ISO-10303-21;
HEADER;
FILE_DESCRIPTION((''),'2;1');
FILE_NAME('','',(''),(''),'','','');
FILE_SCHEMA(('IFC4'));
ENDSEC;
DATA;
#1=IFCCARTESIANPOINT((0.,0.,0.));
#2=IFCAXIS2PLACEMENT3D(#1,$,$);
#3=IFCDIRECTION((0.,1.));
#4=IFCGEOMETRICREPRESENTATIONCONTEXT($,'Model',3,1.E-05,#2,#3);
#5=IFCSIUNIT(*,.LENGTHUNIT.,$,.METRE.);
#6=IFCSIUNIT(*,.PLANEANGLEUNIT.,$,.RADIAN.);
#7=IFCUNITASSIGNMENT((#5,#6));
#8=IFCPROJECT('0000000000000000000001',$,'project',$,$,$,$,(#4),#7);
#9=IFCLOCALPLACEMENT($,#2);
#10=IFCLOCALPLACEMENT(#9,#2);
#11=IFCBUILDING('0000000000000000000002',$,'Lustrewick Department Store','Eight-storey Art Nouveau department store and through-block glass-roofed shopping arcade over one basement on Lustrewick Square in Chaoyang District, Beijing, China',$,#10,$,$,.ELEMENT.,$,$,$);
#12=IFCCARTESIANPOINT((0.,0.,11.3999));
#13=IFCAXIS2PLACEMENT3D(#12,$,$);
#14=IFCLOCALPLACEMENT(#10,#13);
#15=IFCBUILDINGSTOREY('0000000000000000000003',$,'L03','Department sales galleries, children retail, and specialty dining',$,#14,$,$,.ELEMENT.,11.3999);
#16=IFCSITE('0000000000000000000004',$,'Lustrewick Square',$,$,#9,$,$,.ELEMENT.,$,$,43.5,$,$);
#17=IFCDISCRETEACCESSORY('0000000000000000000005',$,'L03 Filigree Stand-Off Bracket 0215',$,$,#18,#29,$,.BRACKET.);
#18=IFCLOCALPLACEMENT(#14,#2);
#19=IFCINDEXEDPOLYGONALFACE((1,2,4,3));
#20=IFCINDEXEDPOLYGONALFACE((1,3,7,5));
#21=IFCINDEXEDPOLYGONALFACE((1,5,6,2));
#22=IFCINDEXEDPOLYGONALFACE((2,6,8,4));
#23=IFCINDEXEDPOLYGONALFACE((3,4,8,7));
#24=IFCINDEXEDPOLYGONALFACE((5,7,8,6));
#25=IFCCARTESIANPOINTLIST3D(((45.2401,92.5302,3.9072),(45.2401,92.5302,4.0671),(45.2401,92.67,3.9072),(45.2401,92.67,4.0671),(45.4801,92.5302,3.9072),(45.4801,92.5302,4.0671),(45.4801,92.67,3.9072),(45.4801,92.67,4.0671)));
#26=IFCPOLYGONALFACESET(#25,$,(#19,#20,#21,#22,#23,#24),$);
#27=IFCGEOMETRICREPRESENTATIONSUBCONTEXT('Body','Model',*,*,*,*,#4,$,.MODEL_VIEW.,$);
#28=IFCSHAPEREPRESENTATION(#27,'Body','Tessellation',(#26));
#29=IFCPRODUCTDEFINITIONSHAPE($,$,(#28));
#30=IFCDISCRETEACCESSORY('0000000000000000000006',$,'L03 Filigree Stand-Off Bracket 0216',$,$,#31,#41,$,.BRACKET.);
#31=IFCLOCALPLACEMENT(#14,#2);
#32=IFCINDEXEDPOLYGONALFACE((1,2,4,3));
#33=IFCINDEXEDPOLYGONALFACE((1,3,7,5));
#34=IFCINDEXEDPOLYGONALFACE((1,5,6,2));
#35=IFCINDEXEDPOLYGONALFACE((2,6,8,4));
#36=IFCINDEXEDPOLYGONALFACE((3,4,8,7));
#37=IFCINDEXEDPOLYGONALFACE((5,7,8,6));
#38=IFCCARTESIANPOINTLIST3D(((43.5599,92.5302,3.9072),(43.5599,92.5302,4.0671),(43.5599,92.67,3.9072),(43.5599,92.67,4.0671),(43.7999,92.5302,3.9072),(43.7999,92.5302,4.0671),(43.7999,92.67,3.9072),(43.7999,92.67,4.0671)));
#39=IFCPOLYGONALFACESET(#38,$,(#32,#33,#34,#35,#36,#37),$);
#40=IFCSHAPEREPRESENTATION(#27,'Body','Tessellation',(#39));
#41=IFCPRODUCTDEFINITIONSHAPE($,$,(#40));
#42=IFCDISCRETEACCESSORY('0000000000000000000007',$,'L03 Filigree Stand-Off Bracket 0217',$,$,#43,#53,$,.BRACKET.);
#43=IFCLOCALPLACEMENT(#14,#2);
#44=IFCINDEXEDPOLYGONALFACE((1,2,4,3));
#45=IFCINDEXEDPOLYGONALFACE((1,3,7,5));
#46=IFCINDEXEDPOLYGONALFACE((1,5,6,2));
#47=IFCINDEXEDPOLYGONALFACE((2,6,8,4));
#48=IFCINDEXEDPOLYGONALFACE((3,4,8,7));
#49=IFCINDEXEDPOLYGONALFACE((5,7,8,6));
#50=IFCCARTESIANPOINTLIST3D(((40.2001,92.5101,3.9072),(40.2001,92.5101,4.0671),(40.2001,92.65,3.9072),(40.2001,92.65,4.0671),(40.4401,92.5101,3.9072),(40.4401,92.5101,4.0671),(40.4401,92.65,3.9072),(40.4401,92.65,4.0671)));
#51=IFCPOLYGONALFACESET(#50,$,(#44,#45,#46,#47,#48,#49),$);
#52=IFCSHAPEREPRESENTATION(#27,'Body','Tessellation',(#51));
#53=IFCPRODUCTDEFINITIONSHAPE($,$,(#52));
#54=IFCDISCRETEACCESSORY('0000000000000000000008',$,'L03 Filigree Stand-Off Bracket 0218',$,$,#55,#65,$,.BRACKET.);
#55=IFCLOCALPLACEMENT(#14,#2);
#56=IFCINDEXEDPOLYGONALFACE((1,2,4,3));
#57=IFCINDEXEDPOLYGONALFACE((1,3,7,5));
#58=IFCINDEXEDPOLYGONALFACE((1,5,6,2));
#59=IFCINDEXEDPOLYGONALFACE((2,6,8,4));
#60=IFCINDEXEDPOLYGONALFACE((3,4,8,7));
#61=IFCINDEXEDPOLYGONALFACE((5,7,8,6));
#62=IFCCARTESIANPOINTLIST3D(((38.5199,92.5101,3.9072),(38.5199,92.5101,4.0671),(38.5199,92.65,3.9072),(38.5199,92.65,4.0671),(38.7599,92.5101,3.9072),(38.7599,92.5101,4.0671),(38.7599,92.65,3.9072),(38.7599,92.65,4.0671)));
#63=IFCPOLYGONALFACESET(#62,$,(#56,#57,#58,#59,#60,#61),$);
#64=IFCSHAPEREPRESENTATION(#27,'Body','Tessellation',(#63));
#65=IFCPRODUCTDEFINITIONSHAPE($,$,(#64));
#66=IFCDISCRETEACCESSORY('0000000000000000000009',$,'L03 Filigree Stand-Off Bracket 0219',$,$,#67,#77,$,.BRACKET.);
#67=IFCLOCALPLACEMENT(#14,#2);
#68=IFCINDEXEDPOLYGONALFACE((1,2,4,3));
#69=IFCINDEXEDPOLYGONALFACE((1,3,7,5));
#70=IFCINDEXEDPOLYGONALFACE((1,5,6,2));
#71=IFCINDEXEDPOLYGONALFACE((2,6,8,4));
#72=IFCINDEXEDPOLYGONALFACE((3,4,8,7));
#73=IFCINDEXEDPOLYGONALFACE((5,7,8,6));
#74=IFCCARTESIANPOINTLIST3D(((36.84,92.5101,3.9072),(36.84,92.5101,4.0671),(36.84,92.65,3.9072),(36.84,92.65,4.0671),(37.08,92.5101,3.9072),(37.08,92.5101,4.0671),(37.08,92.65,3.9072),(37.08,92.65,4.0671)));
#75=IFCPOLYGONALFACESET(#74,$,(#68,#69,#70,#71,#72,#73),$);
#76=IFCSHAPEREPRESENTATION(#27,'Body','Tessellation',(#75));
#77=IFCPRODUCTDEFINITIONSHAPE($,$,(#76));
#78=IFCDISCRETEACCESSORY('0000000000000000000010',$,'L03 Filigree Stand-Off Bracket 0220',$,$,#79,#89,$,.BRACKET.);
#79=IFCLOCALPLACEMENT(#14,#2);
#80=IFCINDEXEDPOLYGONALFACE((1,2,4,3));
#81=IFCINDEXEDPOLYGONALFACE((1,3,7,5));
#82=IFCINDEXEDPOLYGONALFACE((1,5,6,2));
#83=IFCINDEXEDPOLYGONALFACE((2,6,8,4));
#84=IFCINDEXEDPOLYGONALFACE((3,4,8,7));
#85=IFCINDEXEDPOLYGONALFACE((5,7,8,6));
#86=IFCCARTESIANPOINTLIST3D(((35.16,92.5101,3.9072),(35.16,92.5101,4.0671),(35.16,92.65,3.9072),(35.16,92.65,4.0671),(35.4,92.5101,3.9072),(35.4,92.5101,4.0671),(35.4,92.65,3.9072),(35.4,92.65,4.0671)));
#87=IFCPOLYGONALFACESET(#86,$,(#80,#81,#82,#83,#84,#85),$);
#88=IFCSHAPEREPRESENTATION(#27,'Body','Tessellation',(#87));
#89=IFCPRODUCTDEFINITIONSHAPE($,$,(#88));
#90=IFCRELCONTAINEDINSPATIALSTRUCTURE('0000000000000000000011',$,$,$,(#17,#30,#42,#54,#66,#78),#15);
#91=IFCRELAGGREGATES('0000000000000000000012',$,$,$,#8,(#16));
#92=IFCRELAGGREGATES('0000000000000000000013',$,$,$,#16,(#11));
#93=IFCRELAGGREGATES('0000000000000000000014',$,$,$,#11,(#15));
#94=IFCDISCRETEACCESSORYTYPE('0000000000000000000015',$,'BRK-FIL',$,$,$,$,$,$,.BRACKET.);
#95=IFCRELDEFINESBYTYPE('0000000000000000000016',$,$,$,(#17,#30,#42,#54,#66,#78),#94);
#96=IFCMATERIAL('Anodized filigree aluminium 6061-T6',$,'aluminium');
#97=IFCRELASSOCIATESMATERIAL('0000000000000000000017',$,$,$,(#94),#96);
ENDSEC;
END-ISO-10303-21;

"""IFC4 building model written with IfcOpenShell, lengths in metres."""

from ifc_helpers import new_model, si_unit, direction, frame, origin, origin_2d, place, context, subcontext, project, spatial, rectangle, extrude, material, type_object, element, save


model = new_model("IFC4")

# Units and contexts
model_context = context("Model", 3, precision=1e-05, world=origin(), true_north=direction((0.0, 1.0)))
body_context = subcontext(model_context, "Body", "Model", "MODEL_VIEW")
ifc_project = project(units=[si_unit("LENGTHUNIT", "METRE"), si_unit("PLANEANGLEUNIT", "RADIAN")], contexts=[model_context])

# Site, building, storey
site_placement = place(None, origin())
site = spatial("IfcSite", under=ifc_project, at=site_placement, Name="Lustrewick Square", CompositionType="ELEMENT", RefElevation=43.5)
building_placement = place(site_placement, origin())
building = spatial("IfcBuilding", under=site, at=building_placement, Name="Lustrewick Department Store", Description="Eight-storey Art Nouveau department store and through-block glass-roofed shopping arcade over one basement on Lustrewick Square in Chaoyang District, Beijing, China", CompositionType="ELEMENT")
storey_placement = place(building_placement, frame((0.0, 0.0, 11.3999)))
storey = spatial("IfcBuildingStorey", under=building, at=storey_placement, Name="L03", Description="Department sales galleries, children retail, and specialty dining", CompositionType="ELEMENT", Elevation=11.3999)

# Discrete accessories
ifc_material_1 = material(Name="Anodized filigree aluminium 6061-T6", Category="aluminium")
discrete_accessory_type = type_object("IfcDiscreteAccessoryType", Name="BRK-FIL", PredefinedType="BRACKET", material=ifc_material_1)
for number, where, z_axis, x_axis, name in (
    (1, (45.3601, 92.6001, 3.9072), (0.0, 0.0, 1.0), (-1.0, 0.0, 0.0), "L03 Filigree Stand-Off Bracket 0215"),
    (2, (43.6799, 92.6001, 3.9072), (0.0, 0.0, 1.0), (-1.0, 0.0, 0.0), "L03 Filigree Stand-Off Bracket 0216"),
    (3, (40.3201, 92.5801, 3.9072), (0.0, 0.0, 1.0), (-1.0, 0.0, 0.0), "L03 Filigree Stand-Off Bracket 0217"),
    (4, (38.6399, 92.5801, 3.9072), (0.0, 0.0, 1.0), (-1.0, 0.0, 0.0), "L03 Filigree Stand-Off Bracket 0218"),
    (5, (36.96, 92.5801, 3.9072), (0.0, 0.0, 1.0), (-1.0, 0.0, 0.0), "L03 Filigree Stand-Off Bracket 0219"),
    (6, (35.28, 92.5801, 3.9072), (0.0, 0.0, 1.0), (-1.0, 0.0, 0.0), "L03 Filigree Stand-Off Bracket 0220"),
):
    element("IfcDiscreteAccessory", number, at=place(storey_placement, frame(where, z_axis=z_axis, x_axis=x_axis)), inside=storey, type_object=discrete_accessory_type, Name=name, PredefinedType="BRACKET", context=body_context, shape_type="SweptSolid", body=[
        extrude(rectangle(XDim=0.24, YDim=0.1399, at=origin_2d()), origin(), (0.0, 0.0, 1.0), 0.1599),
    ])

save(model, "model.ifc")
